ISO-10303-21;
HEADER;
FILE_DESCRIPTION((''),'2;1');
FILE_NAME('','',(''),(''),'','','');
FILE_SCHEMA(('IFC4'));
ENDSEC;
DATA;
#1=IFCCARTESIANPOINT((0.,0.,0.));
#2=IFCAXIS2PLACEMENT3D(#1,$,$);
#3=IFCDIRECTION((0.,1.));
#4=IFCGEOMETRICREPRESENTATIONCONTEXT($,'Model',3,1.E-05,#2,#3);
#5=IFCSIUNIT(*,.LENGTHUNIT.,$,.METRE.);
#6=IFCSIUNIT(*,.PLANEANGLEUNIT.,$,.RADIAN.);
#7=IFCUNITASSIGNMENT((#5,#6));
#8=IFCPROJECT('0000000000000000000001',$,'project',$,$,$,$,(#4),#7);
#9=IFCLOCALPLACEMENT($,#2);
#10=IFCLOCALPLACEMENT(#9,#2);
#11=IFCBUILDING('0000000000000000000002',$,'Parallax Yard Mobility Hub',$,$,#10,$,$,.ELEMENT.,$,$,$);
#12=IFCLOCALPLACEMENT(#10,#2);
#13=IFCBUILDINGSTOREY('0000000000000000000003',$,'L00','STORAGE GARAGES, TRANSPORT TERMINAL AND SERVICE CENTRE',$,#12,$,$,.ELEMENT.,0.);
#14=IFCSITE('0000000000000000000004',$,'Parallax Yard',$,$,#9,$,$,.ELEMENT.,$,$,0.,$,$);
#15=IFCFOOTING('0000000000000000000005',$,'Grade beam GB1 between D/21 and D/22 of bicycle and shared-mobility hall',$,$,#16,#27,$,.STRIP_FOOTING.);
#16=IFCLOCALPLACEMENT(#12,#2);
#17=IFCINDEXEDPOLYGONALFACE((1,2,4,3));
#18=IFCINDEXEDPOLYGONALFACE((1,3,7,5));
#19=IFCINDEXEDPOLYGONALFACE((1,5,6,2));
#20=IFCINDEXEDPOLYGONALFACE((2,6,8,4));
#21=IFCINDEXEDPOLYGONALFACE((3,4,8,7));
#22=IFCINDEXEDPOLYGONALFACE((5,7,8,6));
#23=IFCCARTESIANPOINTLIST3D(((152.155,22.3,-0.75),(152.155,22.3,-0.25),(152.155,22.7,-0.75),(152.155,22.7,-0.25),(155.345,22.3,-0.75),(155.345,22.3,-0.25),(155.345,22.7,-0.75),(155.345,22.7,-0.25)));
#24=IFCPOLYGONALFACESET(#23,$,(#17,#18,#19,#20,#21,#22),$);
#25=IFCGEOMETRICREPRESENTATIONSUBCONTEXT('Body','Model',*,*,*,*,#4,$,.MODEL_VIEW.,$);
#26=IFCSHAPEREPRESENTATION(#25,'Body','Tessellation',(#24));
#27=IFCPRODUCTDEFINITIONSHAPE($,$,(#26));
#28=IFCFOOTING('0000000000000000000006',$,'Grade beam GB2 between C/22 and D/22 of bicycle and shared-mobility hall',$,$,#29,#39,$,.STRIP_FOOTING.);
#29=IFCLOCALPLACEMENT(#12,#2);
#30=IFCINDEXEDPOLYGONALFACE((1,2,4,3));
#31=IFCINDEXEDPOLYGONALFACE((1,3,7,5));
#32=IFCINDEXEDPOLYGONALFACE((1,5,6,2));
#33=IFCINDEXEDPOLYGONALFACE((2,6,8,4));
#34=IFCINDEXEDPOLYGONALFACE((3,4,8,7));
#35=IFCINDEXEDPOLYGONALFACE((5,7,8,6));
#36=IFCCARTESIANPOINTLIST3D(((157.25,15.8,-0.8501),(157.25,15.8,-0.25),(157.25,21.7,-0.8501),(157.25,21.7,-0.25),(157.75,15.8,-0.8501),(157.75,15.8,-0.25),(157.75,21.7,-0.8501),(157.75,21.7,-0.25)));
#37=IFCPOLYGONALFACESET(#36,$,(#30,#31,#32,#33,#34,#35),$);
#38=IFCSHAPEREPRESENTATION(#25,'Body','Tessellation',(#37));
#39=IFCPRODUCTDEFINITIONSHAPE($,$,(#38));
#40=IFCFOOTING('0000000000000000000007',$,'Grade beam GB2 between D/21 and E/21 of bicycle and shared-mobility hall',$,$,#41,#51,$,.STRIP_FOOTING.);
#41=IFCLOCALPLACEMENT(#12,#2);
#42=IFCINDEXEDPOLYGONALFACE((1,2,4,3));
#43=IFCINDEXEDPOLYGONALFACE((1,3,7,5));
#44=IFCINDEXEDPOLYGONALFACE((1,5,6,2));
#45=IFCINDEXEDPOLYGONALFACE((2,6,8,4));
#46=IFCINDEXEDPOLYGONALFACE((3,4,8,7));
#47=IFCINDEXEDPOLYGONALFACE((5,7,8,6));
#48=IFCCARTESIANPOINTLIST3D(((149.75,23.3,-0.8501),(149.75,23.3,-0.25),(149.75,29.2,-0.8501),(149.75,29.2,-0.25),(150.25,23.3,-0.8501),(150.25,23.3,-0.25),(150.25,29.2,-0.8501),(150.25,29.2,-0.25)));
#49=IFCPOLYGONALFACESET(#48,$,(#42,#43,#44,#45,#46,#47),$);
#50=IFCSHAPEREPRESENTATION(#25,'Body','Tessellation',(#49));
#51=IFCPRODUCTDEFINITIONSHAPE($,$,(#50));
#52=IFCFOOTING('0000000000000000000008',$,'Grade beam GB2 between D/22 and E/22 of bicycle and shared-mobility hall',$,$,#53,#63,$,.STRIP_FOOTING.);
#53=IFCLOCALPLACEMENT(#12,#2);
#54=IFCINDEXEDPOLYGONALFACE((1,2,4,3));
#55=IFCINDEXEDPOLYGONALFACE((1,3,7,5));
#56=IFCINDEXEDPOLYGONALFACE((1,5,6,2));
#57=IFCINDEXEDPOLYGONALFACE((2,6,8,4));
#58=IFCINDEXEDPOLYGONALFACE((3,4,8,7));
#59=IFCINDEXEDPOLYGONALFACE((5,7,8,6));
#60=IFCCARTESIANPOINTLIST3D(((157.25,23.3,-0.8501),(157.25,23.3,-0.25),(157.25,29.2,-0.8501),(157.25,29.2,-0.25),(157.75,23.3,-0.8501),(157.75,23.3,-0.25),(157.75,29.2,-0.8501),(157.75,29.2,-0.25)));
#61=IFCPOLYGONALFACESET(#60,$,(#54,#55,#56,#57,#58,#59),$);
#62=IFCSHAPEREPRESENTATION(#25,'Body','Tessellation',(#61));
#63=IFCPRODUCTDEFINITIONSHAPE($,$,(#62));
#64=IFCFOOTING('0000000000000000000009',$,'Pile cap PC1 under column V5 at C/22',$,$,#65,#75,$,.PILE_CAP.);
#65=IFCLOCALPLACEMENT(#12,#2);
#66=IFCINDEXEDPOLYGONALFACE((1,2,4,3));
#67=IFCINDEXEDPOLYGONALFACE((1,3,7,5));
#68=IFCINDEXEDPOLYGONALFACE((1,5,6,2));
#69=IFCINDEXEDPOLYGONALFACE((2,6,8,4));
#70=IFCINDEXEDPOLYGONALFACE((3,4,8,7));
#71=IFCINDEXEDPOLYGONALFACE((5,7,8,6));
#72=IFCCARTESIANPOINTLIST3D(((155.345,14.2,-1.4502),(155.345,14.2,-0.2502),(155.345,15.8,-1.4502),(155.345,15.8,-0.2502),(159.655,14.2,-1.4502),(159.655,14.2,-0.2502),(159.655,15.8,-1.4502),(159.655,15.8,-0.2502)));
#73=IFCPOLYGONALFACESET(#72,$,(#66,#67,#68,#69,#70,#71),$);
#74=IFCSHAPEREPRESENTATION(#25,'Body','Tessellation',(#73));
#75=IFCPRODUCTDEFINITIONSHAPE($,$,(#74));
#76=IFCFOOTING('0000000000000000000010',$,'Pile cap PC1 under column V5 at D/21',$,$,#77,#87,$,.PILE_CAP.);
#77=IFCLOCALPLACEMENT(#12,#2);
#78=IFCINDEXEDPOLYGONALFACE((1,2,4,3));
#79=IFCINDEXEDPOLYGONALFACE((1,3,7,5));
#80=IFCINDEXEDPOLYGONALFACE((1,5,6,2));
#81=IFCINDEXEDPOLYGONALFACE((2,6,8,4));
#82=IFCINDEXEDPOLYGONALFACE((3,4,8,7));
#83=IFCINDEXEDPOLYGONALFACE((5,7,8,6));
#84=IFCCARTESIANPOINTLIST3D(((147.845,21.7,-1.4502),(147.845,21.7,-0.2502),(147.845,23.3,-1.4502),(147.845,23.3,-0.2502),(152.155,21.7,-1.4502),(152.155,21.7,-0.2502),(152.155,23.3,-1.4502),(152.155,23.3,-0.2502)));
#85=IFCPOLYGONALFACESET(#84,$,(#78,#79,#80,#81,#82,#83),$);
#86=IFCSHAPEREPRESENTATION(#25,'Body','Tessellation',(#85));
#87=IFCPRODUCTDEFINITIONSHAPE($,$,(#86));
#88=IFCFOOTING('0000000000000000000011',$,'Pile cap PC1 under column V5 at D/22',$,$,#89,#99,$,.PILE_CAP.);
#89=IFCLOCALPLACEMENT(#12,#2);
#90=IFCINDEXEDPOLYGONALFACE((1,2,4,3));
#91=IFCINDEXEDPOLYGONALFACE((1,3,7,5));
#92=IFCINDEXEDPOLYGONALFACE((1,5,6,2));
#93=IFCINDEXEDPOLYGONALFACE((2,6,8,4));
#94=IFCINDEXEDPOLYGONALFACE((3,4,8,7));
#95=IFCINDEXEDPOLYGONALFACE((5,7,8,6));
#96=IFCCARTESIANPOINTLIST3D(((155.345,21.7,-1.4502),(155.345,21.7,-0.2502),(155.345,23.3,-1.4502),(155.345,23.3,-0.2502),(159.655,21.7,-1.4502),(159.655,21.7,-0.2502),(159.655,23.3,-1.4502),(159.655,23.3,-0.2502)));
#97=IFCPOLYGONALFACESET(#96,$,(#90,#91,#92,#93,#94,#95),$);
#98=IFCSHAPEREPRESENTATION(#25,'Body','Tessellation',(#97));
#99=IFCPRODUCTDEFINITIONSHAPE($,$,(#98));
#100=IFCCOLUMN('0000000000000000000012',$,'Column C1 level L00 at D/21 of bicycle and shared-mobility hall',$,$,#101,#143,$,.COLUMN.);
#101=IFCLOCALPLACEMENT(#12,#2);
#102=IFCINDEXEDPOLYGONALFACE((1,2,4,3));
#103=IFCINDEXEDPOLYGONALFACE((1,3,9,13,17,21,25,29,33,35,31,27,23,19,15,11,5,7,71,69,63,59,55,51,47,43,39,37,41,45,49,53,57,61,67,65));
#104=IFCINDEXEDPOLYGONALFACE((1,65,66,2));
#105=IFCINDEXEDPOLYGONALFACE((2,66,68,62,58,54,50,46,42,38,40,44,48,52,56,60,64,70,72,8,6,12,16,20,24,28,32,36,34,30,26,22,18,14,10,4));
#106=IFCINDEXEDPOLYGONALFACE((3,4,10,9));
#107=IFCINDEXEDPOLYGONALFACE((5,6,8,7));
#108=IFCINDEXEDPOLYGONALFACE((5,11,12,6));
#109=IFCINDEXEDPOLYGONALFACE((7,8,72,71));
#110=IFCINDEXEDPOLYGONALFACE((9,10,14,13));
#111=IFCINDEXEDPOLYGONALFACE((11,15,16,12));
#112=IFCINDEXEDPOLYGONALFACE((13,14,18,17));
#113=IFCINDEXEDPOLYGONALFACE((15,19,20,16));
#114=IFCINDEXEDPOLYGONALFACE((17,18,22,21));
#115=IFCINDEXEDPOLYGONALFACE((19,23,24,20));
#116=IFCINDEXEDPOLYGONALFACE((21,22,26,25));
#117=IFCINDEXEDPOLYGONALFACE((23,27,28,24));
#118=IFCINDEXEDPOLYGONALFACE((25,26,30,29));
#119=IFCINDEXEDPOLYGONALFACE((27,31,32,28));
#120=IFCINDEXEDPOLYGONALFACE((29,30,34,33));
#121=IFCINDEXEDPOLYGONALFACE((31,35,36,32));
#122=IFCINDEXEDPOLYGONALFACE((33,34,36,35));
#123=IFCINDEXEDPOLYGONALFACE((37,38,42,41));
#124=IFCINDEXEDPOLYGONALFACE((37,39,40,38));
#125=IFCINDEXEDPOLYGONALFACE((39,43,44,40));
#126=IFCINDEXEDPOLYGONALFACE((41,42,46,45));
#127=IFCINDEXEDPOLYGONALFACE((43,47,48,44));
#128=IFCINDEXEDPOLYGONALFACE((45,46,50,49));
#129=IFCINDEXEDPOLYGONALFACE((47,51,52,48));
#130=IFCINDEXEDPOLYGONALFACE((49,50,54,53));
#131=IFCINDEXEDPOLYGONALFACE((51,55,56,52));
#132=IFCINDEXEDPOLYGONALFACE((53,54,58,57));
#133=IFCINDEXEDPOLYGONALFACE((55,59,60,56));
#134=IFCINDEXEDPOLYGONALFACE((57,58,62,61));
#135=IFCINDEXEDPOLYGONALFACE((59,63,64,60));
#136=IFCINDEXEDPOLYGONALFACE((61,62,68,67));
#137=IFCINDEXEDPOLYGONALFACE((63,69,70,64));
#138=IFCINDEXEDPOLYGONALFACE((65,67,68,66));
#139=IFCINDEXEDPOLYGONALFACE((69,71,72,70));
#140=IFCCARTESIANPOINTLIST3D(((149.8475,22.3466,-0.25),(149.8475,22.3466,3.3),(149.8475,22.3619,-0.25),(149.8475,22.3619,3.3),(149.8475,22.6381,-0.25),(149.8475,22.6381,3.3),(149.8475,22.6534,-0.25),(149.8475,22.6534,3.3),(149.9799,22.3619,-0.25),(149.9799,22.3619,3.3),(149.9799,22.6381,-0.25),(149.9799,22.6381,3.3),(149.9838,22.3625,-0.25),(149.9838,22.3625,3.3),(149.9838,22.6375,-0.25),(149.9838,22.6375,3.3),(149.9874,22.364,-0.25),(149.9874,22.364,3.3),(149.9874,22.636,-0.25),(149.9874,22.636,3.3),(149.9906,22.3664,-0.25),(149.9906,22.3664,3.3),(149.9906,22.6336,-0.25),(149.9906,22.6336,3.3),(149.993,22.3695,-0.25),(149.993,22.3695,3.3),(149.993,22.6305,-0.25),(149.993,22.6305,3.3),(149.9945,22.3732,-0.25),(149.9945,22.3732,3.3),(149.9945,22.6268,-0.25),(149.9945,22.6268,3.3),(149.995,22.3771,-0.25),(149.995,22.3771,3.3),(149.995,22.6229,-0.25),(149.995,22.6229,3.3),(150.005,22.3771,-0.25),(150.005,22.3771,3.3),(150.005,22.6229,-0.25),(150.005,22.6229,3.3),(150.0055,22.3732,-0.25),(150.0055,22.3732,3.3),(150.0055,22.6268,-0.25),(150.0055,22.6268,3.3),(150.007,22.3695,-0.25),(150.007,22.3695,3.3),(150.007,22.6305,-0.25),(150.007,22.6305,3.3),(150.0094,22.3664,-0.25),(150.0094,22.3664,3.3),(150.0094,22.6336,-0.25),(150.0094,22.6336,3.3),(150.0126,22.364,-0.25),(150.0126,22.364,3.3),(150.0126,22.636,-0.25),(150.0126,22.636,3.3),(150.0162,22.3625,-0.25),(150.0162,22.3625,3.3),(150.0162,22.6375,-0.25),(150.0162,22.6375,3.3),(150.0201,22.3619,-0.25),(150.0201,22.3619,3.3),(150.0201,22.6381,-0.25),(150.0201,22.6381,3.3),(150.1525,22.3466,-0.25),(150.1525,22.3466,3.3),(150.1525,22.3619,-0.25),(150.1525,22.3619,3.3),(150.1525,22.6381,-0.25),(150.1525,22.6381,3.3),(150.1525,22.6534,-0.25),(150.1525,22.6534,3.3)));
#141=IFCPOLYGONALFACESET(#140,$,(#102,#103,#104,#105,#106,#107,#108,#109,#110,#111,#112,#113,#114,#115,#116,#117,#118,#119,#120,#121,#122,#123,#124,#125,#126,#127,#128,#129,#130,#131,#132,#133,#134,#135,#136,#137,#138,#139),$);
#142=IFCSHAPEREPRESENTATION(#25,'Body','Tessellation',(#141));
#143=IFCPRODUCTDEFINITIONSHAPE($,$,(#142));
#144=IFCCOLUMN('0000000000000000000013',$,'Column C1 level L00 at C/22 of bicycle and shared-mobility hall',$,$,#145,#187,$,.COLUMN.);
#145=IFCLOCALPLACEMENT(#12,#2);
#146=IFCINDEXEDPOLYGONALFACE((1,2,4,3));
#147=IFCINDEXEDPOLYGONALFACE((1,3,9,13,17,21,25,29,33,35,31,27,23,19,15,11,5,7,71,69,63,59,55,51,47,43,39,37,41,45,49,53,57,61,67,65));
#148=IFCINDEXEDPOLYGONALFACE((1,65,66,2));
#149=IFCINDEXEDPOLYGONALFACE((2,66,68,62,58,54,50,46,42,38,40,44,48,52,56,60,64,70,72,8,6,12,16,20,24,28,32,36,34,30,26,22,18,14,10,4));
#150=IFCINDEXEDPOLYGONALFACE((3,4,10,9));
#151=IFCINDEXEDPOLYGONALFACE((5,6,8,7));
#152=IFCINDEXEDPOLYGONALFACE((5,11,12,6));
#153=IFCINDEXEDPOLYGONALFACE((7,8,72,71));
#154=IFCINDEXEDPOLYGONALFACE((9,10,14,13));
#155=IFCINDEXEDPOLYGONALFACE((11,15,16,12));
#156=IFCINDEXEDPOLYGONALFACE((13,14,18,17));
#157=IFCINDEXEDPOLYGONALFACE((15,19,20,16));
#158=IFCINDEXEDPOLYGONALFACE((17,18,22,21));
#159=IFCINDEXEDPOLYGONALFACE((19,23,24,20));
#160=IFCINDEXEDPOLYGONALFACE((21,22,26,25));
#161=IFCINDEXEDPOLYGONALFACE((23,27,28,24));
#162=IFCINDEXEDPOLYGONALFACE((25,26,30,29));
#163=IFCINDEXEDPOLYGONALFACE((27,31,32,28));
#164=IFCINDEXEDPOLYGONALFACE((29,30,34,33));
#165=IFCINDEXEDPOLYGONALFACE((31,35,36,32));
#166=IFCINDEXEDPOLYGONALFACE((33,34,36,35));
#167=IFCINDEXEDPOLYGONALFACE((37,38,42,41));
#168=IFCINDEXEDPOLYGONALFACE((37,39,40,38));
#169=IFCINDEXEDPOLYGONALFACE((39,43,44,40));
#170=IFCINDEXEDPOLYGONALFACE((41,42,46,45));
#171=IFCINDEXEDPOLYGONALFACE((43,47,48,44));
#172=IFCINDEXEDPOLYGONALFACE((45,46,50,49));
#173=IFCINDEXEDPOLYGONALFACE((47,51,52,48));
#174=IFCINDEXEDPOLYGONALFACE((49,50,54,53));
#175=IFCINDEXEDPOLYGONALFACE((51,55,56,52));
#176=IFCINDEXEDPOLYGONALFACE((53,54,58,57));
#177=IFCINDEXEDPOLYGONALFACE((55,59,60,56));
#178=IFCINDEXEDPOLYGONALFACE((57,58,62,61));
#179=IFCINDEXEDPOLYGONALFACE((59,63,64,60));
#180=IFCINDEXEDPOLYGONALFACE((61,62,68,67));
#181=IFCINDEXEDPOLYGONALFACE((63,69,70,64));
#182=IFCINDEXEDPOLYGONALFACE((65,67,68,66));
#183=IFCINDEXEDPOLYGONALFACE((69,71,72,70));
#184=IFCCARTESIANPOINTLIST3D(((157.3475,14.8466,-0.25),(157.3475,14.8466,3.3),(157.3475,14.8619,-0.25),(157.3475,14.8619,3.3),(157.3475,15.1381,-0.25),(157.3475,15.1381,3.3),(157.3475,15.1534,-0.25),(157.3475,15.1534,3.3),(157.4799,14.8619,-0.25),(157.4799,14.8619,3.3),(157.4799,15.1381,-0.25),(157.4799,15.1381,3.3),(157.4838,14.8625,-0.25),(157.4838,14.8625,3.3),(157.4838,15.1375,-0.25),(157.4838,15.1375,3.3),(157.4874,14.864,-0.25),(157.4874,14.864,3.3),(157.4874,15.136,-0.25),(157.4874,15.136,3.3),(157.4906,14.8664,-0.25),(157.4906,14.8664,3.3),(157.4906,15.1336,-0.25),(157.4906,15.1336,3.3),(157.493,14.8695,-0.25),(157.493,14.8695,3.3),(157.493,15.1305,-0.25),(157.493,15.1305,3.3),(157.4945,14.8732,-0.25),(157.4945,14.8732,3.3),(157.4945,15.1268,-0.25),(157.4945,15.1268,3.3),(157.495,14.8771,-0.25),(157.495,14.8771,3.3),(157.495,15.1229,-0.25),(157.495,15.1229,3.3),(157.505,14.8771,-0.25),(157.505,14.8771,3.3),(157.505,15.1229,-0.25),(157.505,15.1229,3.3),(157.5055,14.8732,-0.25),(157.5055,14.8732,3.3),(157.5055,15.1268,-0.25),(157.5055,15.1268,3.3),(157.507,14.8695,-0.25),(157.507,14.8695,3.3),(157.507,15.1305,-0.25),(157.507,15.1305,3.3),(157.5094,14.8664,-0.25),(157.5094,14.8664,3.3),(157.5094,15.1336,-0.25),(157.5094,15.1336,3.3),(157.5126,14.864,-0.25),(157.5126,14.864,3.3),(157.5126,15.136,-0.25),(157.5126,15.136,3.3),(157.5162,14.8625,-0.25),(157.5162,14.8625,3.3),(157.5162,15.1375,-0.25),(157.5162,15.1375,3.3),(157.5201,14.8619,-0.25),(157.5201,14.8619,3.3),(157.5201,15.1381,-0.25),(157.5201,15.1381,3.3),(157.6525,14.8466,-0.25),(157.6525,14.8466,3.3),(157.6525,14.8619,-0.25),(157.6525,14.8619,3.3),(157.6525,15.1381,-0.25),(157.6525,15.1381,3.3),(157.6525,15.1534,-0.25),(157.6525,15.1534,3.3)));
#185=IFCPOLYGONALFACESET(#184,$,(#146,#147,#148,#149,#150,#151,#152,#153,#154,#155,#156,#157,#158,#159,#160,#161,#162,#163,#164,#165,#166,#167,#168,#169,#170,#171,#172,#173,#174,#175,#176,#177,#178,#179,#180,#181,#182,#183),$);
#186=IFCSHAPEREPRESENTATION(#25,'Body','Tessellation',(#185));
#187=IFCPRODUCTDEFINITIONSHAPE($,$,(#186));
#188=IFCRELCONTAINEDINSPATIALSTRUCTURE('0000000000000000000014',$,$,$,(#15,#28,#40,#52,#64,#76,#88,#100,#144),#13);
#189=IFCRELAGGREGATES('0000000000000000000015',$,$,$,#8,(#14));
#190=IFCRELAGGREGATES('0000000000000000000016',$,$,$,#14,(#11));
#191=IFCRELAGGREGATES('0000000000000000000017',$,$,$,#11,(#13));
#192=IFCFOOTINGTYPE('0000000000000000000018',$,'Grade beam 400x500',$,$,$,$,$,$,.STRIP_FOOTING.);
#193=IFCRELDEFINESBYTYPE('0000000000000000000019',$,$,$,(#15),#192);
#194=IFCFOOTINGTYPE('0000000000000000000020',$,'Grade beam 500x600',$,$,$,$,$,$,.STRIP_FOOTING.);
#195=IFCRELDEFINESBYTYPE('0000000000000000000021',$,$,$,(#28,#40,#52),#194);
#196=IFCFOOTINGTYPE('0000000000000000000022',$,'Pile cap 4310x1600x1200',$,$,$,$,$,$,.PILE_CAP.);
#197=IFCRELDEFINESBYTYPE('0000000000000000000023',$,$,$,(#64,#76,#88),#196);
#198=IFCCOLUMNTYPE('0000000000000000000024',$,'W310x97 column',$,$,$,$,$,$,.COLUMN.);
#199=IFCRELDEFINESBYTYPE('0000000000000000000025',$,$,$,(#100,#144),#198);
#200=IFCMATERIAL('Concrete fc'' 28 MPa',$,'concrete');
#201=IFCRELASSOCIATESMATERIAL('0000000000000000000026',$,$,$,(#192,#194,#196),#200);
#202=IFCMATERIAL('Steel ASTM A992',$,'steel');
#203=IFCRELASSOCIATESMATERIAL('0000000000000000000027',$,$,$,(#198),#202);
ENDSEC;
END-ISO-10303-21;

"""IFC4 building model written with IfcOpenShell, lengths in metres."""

from ifc_helpers import new_model, si_unit, direction, frame, origin, origin_2d, place, context, subcontext, project, spatial, rectangle, i_section, extrude, material, material_profile, profile_set, type_object, element, save


model = new_model("IFC4")

# Units and contexts
model_context = context("Model", 3, precision=1e-05, world=origin(), true_north=direction((0.0, 1.0)))
body_context = subcontext(model_context, "Body", "Model", "MODEL_VIEW")
ifc_project = project(units=[si_unit("LENGTHUNIT", "METRE"), si_unit("PLANEANGLEUNIT", "RADIAN")], contexts=[model_context])

# Site, building, storey
site_placement = place(None, origin())
site = spatial("IfcSite", under=ifc_project, at=site_placement, Name="Parallax Yard", CompositionType="ELEMENT", RefElevation=0.0)
building_placement = place(site_placement, origin())
building = spatial("IfcBuilding", under=site, at=building_placement, Name="Parallax Yard Mobility Hub", CompositionType="ELEMENT")
storey_placement = place(building_placement, origin())
storey = spatial("IfcBuildingStorey", under=building, at=storey_placement, Name="L00", Description="STORAGE GARAGES, TRANSPORT TERMINAL AND SERVICE CENTRE", CompositionType="ELEMENT", Elevation=0.0)

# Shared definitions
ifc_material_1 = material(Name="Concrete fc' 28 MPa", Category="concrete")

# Footings
ifc_material_profile_1 = material_profile(ifc_material_1, rectangle(XDim=0.3999, YDim=0.5, at=origin_2d()), Name="Grade beam 400x500")
ifc_profile_set_1 = profile_set([ifc_material_profile_1], Name="Concrete fc' 28 MPa")
footing_type_1 = type_object("IfcFootingType", Name="Grade beam 400x500", PredefinedType="STRIP_FOOTING", material=ifc_profile_set_1)
for number, where, z_axis, x_axis, name in (
    (1, (152.155, 22.5, -0.5), (1.0, 0.0, 0.0), (0.0, 1.0, 0.0), "Grade beam GB1 between D/21 and D/22 of bicycle and shared-mobility hall"),
):
    element("IfcFooting", number, at=place(storey_placement, frame(where, z_axis=z_axis, x_axis=x_axis)), inside=storey, type_object=footing_type_1, Name=name, PredefinedType="STRIP_FOOTING", context=body_context, shape_type="SweptSolid", body=[
        extrude(rectangle(XDim=0.3999, YDim=0.5, at=origin_2d()), origin(), (0.0, 0.0, 1.0), 3.1899),
    ])
ifc_material_profile_2 = material_profile(ifc_material_1, rectangle(XDim=0.5, YDim=0.6001, at=origin_2d()), Name="Grade beam 500x600")
ifc_profile_set_2 = profile_set([ifc_material_profile_2], Name="Concrete fc' 28 MPa")
footing_type_2 = type_object("IfcFootingType", Name="Grade beam 500x600", PredefinedType="STRIP_FOOTING", material=ifc_profile_set_2)
for number, where, z_axis, x_axis, name in (
    (2, (157.5, 15.8, -0.55), (0.0, 1.0, 0.0), (-1.0, 0.0, 0.0), "Grade beam GB2 between C/22 and D/22 of bicycle and shared-mobility hall"),
    (3, (150.0, 23.3, -0.55), (0.0, 1.0, 0.0), (-1.0, 0.0, 0.0), "Grade beam GB2 between D/21 and E/21 of bicycle and shared-mobility hall"),
    (4, (157.5, 23.3, -0.55), (0.0, 1.0, 0.0), (-1.0, 0.0, 0.0), "Grade beam GB2 between D/22 and E/22 of bicycle and shared-mobility hall"),
):
    element("IfcFooting", number, at=place(storey_placement, frame(where, z_axis=z_axis, x_axis=x_axis)), inside=storey, type_object=footing_type_2, Name=name, PredefinedType="STRIP_FOOTING", context=body_context, shape_type="SweptSolid", body=[
        extrude(rectangle(XDim=0.5, YDim=0.6001, at=origin_2d()), origin(), (0.0, 0.0, 1.0), 5.8999),
    ])
footing_type_3 = type_object("IfcFootingType", Name="Pile cap 4310x1600x1200", PredefinedType="PILE_CAP", material=ifc_material_1)
for number, where, z_axis, x_axis, name in (
    (5, (157.5, 15.0, -1.4502), (0.0, 0.0, 1.0), (1.0, 0.0, 0.0), "Pile cap PC1 under column V5 at C/22"),
    (6, (150.0, 22.5, -1.4502), (0.0, 0.0, 1.0), (1.0, 0.0, 0.0), "Pile cap PC1 under column V5 at D/21"),
    (7, (157.5, 22.5, -1.4502), (0.0, 0.0, 1.0), (1.0, 0.0, 0.0), "Pile cap PC1 under column V5 at D/22"),
):
    element("IfcFooting", number, at=place(storey_placement, frame(where, z_axis=z_axis, x_axis=x_axis)), inside=storey, type_object=footing_type_3, Name=name, PredefinedType="PILE_CAP", context=body_context, shape_type="SweptSolid", body=[
        extrude(rectangle(XDim=4.3101, YDim=1.6001, at=origin_2d()), origin(), (0.0, 0.0, 1.0), 1.2),
    ])

# Columns
ifc_material_2 = material(Name="Steel ASTM A992", Category="steel")
ifc_material_profile_3 = material_profile(ifc_material_2, i_section(OverallWidth=0.3049, OverallDepth=0.3069, WebThickness=0.01, FlangeThickness=0.0154, FilletRadius=0.0151, at=origin_2d()), Name="W310x97")
ifc_profile_set_3 = profile_set([ifc_material_profile_3], Name="Steel ASTM A992")
column_type = type_object("IfcColumnType", Name="W310x97 column", PredefinedType="COLUMN", material=ifc_profile_set_3)
for number, where, z_axis, x_axis, name in (
    (8, (150.0, 22.5, -0.25), (0.0, 0.0, 1.0), (1.0, 0.0, 0.0), "Column C1 level L00 at D/21 of bicycle and shared-mobility hall"),
    (9, (157.5, 15.0, -0.25), (0.0, 0.0, 1.0), (1.0, 0.0, 0.0), "Column C1 level L00 at C/22 of bicycle and shared-mobility hall"),
):
    element("IfcColumn", number, at=place(storey_placement, frame(where, z_axis=z_axis, x_axis=x_axis)), inside=storey, type_object=column_type, Name=name, PredefinedType="COLUMN", context=body_context, shape_type="SweptSolid", body=[
        extrude(i_section(OverallWidth=0.3049, OverallDepth=0.3069, WebThickness=0.01, FlangeThickness=0.0154, FilletRadius=0.0151, at=origin_2d()), origin(), (0.0, 0.0, 1.0), 3.55),
    ])

save(model, "model.ifc")
